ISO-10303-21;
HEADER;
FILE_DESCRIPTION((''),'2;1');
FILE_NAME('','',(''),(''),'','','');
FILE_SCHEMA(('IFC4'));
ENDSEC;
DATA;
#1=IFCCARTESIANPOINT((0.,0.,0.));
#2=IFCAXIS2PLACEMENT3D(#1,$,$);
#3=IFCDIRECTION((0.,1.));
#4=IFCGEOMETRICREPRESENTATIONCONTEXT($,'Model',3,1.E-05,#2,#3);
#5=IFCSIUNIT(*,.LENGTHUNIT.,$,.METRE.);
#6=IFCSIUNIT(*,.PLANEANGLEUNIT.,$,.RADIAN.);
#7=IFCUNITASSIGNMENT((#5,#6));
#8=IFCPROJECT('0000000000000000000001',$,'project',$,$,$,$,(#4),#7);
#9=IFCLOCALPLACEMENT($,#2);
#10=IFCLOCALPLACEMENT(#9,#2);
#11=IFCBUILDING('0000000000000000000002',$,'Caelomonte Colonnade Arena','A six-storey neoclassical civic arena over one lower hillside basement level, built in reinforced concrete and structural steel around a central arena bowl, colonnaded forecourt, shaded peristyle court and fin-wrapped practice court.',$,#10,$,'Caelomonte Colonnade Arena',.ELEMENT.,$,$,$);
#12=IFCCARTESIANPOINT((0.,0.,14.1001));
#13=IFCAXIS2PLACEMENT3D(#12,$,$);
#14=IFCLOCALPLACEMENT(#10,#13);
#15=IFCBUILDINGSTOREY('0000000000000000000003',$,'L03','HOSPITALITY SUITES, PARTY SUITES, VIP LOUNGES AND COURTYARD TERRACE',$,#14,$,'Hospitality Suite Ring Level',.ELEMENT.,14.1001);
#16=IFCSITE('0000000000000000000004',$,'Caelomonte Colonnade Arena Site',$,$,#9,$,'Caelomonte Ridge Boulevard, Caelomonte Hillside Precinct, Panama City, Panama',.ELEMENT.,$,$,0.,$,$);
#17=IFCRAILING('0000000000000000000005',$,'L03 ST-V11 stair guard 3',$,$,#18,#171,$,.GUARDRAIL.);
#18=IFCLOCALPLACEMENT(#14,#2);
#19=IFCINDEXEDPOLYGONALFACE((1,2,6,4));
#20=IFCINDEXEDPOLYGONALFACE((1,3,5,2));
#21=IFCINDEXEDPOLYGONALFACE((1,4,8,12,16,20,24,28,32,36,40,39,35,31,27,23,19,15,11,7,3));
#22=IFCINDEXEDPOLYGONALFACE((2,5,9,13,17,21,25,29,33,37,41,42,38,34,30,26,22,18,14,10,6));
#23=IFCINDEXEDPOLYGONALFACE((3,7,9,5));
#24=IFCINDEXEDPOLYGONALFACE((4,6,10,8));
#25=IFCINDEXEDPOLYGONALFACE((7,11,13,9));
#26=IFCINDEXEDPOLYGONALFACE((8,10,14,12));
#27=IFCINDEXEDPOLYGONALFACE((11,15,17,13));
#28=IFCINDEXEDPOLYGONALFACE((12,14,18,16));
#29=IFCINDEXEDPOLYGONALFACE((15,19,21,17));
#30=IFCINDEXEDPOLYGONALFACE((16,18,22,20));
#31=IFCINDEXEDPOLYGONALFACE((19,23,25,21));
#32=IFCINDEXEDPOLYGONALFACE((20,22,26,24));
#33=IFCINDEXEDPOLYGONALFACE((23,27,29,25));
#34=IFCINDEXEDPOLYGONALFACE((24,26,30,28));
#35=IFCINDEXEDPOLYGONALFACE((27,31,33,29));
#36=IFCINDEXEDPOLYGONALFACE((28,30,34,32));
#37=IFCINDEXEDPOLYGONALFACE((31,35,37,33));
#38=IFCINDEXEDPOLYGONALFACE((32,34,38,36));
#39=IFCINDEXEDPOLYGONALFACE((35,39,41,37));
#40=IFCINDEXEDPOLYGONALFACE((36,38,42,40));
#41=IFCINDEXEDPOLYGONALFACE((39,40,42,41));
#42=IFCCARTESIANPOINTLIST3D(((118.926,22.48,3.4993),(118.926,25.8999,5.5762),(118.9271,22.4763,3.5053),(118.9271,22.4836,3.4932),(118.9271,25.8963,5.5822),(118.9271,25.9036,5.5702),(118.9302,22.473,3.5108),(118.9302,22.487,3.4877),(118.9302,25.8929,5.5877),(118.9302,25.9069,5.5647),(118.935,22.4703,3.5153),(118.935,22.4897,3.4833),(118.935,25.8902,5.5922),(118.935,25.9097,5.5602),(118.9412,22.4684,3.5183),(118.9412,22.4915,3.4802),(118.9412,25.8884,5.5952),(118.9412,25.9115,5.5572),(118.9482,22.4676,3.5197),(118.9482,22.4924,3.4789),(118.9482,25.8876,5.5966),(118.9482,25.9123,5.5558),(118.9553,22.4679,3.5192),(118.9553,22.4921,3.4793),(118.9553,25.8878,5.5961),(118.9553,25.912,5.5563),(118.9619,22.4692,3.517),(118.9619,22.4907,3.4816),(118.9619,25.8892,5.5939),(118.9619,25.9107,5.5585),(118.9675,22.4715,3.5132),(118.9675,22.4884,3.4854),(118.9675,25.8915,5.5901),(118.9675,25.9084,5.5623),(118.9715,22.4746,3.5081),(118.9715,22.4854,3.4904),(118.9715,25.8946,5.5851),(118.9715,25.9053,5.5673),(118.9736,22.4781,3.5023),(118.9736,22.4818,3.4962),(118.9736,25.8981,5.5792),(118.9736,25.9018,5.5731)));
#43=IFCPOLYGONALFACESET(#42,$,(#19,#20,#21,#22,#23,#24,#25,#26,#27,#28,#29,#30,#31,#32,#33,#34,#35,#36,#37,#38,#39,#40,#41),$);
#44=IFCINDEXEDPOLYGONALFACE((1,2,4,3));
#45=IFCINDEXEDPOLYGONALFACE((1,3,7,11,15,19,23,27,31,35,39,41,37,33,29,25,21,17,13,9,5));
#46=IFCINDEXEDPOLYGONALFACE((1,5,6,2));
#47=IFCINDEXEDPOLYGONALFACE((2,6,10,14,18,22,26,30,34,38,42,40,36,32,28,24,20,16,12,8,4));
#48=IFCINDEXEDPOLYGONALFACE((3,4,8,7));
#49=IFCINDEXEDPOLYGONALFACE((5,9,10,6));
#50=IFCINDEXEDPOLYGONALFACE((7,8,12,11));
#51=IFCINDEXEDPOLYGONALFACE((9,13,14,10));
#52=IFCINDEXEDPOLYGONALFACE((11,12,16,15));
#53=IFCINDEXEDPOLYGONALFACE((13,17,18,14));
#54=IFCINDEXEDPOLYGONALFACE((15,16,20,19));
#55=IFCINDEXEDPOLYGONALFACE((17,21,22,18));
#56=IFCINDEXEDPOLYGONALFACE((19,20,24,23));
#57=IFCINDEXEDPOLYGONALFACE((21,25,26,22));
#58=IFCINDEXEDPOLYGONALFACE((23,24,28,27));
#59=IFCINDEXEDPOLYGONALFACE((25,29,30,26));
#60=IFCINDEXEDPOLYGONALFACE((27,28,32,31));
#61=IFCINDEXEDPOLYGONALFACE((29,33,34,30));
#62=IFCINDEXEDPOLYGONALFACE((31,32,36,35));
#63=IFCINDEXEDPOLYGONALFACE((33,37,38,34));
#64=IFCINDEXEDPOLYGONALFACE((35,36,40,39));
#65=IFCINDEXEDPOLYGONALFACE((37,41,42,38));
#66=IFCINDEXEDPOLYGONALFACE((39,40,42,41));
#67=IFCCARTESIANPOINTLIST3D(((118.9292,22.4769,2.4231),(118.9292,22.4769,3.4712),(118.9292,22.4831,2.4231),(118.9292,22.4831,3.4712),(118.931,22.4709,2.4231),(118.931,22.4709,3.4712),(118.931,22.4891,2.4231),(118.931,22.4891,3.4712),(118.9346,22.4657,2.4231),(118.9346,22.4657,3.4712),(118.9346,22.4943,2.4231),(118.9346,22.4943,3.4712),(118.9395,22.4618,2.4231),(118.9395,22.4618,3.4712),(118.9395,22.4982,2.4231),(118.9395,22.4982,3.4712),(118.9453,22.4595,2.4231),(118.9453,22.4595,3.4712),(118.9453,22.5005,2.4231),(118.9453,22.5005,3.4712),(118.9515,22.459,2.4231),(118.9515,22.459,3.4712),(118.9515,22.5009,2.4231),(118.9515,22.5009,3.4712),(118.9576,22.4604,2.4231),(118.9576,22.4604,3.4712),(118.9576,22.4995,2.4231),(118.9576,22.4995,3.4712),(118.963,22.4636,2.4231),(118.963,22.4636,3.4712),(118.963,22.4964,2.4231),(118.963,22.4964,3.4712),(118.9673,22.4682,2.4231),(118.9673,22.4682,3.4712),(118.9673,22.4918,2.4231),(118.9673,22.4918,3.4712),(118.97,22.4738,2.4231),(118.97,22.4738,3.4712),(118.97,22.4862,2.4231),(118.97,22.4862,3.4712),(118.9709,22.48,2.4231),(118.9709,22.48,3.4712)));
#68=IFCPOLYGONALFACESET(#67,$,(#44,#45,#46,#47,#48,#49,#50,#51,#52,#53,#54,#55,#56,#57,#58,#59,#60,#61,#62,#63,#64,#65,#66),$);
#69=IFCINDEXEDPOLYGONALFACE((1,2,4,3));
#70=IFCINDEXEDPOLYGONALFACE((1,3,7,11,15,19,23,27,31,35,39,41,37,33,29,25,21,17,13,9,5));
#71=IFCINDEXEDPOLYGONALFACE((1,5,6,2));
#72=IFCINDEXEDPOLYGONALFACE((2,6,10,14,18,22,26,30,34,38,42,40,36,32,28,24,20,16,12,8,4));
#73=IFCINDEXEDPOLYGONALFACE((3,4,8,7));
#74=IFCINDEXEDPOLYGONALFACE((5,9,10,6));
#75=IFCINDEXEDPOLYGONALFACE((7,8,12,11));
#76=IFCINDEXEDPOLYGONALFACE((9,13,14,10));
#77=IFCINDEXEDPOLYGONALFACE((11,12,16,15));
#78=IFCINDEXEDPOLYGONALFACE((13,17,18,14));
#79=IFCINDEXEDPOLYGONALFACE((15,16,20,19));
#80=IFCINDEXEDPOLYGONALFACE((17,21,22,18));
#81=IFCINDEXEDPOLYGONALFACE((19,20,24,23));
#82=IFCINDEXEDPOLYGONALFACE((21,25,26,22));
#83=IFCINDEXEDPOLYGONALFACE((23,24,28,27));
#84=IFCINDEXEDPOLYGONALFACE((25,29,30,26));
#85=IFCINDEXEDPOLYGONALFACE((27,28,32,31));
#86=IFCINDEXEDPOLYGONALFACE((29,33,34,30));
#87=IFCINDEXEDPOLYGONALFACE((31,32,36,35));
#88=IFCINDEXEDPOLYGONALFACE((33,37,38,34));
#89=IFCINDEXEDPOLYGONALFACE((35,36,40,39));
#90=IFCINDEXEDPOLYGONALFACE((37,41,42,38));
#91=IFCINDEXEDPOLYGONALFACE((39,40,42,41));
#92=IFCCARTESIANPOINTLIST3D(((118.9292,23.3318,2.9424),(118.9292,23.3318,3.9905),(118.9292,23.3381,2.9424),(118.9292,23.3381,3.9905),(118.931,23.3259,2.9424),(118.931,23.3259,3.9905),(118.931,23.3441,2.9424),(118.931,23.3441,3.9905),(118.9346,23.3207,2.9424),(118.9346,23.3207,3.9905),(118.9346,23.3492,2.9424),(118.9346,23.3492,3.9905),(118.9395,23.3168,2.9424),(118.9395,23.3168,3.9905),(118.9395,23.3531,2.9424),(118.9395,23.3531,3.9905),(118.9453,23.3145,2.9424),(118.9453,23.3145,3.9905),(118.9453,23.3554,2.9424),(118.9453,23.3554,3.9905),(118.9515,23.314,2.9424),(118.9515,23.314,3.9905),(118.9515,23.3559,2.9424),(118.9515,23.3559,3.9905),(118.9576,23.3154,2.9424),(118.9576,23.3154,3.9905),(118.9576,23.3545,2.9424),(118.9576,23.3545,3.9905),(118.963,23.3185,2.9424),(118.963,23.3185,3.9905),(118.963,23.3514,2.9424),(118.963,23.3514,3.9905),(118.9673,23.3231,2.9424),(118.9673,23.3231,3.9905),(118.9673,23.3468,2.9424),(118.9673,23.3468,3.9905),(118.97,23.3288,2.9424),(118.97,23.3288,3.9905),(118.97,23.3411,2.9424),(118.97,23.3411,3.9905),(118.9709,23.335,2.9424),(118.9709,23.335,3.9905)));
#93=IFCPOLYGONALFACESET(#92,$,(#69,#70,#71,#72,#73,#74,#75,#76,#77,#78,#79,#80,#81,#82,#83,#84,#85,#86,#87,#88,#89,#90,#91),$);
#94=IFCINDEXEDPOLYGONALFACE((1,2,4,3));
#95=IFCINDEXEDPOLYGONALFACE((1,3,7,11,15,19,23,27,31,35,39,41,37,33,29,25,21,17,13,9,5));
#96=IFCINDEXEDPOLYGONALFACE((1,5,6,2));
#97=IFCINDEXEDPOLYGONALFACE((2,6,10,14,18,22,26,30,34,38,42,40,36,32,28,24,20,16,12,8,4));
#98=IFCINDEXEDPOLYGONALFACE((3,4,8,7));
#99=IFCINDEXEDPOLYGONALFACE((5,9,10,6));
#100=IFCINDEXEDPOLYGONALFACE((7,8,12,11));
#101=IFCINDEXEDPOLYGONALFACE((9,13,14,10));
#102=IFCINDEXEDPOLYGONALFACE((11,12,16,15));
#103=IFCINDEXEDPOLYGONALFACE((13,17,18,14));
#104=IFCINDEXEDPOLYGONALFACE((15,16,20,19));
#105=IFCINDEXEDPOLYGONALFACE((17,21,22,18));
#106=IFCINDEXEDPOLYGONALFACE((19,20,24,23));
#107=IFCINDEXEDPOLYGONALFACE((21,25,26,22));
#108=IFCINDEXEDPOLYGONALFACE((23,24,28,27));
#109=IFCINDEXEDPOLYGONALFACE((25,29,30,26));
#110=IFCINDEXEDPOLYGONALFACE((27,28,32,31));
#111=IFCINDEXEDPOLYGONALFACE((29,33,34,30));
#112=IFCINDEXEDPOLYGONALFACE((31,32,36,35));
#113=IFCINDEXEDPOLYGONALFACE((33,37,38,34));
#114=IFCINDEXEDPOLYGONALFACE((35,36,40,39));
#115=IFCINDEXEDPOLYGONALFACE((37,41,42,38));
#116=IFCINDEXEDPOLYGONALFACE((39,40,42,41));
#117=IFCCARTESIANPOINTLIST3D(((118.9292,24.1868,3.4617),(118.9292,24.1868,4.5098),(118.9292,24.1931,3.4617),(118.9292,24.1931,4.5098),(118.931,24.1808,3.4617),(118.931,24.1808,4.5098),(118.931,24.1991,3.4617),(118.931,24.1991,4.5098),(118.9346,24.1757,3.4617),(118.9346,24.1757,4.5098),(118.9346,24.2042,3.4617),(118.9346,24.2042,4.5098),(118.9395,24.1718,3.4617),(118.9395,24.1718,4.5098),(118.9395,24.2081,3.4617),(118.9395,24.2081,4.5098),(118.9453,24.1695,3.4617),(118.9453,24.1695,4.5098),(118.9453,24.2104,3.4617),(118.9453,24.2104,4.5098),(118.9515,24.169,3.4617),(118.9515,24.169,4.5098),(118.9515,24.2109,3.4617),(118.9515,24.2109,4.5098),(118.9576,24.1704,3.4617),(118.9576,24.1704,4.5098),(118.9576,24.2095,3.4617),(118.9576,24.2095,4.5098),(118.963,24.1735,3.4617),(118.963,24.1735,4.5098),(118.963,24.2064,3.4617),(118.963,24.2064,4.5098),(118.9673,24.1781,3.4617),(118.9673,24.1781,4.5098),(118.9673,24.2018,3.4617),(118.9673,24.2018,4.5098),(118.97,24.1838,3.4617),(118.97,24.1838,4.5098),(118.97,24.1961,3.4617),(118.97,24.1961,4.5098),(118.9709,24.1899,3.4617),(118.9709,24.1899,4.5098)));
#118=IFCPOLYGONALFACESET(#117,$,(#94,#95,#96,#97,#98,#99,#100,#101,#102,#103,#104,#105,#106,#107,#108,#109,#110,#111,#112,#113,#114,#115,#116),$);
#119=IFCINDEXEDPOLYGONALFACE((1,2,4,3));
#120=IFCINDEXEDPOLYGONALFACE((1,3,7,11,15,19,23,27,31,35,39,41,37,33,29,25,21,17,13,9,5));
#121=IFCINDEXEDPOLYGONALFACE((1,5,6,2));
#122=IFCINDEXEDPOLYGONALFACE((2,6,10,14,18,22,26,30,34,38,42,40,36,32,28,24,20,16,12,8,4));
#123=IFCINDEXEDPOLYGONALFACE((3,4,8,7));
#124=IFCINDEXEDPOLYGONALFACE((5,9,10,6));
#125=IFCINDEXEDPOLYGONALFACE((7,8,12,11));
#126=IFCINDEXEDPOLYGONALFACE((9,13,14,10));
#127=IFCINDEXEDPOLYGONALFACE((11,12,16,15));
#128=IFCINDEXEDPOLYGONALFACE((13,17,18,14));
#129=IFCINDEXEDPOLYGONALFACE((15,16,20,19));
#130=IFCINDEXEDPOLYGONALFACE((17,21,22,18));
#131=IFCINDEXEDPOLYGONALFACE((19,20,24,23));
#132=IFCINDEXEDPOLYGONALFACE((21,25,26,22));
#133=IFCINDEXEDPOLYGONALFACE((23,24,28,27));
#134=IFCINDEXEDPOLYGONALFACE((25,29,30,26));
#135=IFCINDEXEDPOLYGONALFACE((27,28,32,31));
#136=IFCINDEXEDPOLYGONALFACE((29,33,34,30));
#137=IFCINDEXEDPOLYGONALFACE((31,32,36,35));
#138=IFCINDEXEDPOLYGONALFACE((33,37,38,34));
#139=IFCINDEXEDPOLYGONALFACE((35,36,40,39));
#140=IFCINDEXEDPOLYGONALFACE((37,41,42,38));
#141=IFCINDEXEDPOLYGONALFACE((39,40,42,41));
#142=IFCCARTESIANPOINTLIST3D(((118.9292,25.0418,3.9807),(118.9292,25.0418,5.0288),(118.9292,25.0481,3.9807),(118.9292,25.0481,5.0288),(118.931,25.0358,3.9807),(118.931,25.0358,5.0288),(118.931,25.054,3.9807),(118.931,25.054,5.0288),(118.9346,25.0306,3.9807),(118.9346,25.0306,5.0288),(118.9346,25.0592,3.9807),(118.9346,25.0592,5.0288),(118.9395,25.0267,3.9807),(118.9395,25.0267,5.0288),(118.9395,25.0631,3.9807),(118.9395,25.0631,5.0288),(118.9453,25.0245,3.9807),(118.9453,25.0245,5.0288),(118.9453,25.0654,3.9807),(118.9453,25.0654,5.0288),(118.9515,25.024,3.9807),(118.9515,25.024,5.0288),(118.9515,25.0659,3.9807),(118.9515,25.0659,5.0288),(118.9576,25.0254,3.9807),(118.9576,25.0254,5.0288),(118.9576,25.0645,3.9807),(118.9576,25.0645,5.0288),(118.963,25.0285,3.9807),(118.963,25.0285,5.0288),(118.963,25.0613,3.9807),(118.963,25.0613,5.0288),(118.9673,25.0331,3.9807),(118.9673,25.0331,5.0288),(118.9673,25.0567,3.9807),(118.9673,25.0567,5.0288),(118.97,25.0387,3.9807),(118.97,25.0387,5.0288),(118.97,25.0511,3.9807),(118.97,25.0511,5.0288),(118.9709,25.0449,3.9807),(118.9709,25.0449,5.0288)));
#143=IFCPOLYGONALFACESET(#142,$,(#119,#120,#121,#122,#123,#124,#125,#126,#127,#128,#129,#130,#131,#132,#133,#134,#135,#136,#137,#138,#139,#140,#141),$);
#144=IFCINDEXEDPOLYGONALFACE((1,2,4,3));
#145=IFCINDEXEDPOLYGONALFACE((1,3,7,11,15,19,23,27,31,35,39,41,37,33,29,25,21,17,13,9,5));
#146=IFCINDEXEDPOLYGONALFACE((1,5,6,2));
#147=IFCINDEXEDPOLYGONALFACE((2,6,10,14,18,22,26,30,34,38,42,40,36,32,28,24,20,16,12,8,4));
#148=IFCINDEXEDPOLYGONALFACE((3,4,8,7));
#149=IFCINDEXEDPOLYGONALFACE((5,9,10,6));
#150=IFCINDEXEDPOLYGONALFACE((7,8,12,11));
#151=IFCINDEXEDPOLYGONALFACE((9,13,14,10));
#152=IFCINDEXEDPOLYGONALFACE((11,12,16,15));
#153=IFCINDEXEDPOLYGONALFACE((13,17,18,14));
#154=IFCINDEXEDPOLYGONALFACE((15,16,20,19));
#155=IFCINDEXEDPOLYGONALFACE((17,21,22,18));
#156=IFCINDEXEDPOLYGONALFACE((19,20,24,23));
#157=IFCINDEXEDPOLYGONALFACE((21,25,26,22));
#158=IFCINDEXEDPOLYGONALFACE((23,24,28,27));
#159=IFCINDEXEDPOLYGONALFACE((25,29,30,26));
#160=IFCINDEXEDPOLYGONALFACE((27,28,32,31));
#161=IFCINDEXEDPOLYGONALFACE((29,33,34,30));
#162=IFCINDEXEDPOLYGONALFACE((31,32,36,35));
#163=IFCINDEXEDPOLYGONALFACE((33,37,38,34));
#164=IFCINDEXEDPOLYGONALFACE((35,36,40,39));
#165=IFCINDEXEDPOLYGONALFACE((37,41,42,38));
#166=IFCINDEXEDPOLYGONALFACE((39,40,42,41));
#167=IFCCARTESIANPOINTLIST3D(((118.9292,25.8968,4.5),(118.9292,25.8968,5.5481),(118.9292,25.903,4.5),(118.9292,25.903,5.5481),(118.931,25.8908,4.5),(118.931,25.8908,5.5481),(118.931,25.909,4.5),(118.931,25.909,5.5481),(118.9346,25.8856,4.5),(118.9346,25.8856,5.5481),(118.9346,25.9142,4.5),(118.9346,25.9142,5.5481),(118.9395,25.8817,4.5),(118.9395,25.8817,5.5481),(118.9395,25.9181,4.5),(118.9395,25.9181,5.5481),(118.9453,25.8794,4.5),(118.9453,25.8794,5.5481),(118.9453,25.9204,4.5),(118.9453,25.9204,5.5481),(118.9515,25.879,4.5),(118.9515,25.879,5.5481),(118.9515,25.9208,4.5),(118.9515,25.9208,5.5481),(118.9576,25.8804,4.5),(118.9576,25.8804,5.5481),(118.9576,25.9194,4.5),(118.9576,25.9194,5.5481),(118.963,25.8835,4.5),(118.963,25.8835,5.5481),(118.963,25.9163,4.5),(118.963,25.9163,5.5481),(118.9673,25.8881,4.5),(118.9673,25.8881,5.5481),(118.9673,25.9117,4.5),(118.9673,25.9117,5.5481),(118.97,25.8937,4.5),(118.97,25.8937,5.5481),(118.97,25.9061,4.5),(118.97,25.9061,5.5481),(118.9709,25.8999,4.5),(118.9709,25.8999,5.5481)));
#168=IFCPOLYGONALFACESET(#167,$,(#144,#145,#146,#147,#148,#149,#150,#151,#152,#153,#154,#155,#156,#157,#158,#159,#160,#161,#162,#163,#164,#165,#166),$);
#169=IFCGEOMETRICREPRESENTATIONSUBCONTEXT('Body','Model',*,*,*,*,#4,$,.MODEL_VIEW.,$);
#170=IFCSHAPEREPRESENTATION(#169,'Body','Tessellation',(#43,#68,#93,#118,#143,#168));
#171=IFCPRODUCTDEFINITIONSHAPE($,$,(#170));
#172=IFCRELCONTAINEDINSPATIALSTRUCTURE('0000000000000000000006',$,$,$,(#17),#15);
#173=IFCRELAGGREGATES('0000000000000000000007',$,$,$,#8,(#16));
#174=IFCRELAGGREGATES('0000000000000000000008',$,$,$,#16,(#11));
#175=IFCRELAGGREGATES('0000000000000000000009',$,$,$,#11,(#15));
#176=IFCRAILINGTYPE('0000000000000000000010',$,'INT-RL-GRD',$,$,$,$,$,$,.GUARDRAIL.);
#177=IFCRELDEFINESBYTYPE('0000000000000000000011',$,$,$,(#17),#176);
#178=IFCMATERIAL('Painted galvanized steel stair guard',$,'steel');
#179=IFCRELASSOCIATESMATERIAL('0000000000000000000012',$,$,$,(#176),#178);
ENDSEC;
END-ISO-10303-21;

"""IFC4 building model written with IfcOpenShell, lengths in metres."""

from ifc_helpers import new_model, si_unit, direction, frame, origin, origin_2d, place, context, subcontext, project, spatial, circle, extrude, material, type_object, element, save


model = new_model("IFC4")

# Units and contexts
model_context = context("Model", 3, precision=1e-05, world=origin(), true_north=direction((0.0, 1.0)))
body_context = subcontext(model_context, "Body", "Model", "MODEL_VIEW")
ifc_project = project(units=[si_unit("LENGTHUNIT", "METRE"), si_unit("PLANEANGLEUNIT", "RADIAN")], contexts=[model_context])

# Site, building, storey
site_placement = place(None, origin())
site = spatial("IfcSite", under=ifc_project, at=site_placement, Name="Caelomonte Colonnade Arena Site", LongName="Caelomonte Ridge Boulevard, Caelomonte Hillside Precinct, Panama City, Panama", CompositionType="ELEMENT", RefElevation=0.0)
building_placement = place(site_placement, origin())
building = spatial("IfcBuilding", under=site, at=building_placement, Name="Caelomonte Colonnade Arena", Description="A six-storey neoclassical civic arena over one lower hillside basement level, built in reinforced concrete and structural steel around a central arena bowl, colonnaded forecourt, shaded peristyle court and fin-wrapped practice court.", LongName="Caelomonte Colonnade Arena", CompositionType="ELEMENT")
storey_placement = place(building_placement, frame((0.0, 0.0, 14.1001)))
storey = spatial("IfcBuildingStorey", under=building, at=storey_placement, Name="L03", Description="HOSPITALITY SUITES, PARTY SUITES, VIP LOUNGES AND COURTYARD TERRACE", LongName="Hospitality Suite Ring Level", CompositionType="ELEMENT", Elevation=14.1001)

# Railing
ifc_material_1 = material(Name="Painted galvanized steel stair guard", Category="steel")
railing_type_1 = type_object("IfcRailingType", Name="INT-RL-GRD", PredefinedType="GUARDRAIL", material=ifc_material_1)
railing_1_placement = place(storey_placement, frame((118.95, 22.48, 2.4231)))
element("IfcRailing", 1, at=railing_1_placement, inside=storey, type_object=railing_type_1, Name="L03 ST-V11 stair guard 3", PredefinedType="GUARDRAIL", context=body_context, shape_type="SweptSolid", body=[
    extrude(circle(Radius=0.0239, at=origin_2d()), frame((0.0, 0.0, 1.0762), z_axis=(0.0, 0.85473, 0.519074), x_axis=(-1.0, 0.0, 0.0)), (0.0, 0.0, 1.0), 4.0012),
    extrude(circle(Radius=0.021, at=origin_2d()), origin(), (0.0, 0.0, 1.0), 1.0481),
    extrude(circle(Radius=0.021, at=origin_2d()), frame((0.0, 0.855, 0.5193)), (0.0, 0.0, 1.0), 1.0481),
    extrude(circle(Radius=0.021, at=origin_2d()), frame((0.0, 1.71, 1.0386)), (0.0, 0.0, 1.0), 1.0481),
    extrude(circle(Radius=0.021, at=origin_2d()), frame((0.0, 2.5649, 1.5576)), (0.0, 0.0, 1.0), 1.0481),
    extrude(circle(Radius=0.021, at=origin_2d()), frame((0.0, 3.4199, 2.0769)), (0.0, 0.0, 1.0), 1.0481),
])

save(model, "model.ifc")
